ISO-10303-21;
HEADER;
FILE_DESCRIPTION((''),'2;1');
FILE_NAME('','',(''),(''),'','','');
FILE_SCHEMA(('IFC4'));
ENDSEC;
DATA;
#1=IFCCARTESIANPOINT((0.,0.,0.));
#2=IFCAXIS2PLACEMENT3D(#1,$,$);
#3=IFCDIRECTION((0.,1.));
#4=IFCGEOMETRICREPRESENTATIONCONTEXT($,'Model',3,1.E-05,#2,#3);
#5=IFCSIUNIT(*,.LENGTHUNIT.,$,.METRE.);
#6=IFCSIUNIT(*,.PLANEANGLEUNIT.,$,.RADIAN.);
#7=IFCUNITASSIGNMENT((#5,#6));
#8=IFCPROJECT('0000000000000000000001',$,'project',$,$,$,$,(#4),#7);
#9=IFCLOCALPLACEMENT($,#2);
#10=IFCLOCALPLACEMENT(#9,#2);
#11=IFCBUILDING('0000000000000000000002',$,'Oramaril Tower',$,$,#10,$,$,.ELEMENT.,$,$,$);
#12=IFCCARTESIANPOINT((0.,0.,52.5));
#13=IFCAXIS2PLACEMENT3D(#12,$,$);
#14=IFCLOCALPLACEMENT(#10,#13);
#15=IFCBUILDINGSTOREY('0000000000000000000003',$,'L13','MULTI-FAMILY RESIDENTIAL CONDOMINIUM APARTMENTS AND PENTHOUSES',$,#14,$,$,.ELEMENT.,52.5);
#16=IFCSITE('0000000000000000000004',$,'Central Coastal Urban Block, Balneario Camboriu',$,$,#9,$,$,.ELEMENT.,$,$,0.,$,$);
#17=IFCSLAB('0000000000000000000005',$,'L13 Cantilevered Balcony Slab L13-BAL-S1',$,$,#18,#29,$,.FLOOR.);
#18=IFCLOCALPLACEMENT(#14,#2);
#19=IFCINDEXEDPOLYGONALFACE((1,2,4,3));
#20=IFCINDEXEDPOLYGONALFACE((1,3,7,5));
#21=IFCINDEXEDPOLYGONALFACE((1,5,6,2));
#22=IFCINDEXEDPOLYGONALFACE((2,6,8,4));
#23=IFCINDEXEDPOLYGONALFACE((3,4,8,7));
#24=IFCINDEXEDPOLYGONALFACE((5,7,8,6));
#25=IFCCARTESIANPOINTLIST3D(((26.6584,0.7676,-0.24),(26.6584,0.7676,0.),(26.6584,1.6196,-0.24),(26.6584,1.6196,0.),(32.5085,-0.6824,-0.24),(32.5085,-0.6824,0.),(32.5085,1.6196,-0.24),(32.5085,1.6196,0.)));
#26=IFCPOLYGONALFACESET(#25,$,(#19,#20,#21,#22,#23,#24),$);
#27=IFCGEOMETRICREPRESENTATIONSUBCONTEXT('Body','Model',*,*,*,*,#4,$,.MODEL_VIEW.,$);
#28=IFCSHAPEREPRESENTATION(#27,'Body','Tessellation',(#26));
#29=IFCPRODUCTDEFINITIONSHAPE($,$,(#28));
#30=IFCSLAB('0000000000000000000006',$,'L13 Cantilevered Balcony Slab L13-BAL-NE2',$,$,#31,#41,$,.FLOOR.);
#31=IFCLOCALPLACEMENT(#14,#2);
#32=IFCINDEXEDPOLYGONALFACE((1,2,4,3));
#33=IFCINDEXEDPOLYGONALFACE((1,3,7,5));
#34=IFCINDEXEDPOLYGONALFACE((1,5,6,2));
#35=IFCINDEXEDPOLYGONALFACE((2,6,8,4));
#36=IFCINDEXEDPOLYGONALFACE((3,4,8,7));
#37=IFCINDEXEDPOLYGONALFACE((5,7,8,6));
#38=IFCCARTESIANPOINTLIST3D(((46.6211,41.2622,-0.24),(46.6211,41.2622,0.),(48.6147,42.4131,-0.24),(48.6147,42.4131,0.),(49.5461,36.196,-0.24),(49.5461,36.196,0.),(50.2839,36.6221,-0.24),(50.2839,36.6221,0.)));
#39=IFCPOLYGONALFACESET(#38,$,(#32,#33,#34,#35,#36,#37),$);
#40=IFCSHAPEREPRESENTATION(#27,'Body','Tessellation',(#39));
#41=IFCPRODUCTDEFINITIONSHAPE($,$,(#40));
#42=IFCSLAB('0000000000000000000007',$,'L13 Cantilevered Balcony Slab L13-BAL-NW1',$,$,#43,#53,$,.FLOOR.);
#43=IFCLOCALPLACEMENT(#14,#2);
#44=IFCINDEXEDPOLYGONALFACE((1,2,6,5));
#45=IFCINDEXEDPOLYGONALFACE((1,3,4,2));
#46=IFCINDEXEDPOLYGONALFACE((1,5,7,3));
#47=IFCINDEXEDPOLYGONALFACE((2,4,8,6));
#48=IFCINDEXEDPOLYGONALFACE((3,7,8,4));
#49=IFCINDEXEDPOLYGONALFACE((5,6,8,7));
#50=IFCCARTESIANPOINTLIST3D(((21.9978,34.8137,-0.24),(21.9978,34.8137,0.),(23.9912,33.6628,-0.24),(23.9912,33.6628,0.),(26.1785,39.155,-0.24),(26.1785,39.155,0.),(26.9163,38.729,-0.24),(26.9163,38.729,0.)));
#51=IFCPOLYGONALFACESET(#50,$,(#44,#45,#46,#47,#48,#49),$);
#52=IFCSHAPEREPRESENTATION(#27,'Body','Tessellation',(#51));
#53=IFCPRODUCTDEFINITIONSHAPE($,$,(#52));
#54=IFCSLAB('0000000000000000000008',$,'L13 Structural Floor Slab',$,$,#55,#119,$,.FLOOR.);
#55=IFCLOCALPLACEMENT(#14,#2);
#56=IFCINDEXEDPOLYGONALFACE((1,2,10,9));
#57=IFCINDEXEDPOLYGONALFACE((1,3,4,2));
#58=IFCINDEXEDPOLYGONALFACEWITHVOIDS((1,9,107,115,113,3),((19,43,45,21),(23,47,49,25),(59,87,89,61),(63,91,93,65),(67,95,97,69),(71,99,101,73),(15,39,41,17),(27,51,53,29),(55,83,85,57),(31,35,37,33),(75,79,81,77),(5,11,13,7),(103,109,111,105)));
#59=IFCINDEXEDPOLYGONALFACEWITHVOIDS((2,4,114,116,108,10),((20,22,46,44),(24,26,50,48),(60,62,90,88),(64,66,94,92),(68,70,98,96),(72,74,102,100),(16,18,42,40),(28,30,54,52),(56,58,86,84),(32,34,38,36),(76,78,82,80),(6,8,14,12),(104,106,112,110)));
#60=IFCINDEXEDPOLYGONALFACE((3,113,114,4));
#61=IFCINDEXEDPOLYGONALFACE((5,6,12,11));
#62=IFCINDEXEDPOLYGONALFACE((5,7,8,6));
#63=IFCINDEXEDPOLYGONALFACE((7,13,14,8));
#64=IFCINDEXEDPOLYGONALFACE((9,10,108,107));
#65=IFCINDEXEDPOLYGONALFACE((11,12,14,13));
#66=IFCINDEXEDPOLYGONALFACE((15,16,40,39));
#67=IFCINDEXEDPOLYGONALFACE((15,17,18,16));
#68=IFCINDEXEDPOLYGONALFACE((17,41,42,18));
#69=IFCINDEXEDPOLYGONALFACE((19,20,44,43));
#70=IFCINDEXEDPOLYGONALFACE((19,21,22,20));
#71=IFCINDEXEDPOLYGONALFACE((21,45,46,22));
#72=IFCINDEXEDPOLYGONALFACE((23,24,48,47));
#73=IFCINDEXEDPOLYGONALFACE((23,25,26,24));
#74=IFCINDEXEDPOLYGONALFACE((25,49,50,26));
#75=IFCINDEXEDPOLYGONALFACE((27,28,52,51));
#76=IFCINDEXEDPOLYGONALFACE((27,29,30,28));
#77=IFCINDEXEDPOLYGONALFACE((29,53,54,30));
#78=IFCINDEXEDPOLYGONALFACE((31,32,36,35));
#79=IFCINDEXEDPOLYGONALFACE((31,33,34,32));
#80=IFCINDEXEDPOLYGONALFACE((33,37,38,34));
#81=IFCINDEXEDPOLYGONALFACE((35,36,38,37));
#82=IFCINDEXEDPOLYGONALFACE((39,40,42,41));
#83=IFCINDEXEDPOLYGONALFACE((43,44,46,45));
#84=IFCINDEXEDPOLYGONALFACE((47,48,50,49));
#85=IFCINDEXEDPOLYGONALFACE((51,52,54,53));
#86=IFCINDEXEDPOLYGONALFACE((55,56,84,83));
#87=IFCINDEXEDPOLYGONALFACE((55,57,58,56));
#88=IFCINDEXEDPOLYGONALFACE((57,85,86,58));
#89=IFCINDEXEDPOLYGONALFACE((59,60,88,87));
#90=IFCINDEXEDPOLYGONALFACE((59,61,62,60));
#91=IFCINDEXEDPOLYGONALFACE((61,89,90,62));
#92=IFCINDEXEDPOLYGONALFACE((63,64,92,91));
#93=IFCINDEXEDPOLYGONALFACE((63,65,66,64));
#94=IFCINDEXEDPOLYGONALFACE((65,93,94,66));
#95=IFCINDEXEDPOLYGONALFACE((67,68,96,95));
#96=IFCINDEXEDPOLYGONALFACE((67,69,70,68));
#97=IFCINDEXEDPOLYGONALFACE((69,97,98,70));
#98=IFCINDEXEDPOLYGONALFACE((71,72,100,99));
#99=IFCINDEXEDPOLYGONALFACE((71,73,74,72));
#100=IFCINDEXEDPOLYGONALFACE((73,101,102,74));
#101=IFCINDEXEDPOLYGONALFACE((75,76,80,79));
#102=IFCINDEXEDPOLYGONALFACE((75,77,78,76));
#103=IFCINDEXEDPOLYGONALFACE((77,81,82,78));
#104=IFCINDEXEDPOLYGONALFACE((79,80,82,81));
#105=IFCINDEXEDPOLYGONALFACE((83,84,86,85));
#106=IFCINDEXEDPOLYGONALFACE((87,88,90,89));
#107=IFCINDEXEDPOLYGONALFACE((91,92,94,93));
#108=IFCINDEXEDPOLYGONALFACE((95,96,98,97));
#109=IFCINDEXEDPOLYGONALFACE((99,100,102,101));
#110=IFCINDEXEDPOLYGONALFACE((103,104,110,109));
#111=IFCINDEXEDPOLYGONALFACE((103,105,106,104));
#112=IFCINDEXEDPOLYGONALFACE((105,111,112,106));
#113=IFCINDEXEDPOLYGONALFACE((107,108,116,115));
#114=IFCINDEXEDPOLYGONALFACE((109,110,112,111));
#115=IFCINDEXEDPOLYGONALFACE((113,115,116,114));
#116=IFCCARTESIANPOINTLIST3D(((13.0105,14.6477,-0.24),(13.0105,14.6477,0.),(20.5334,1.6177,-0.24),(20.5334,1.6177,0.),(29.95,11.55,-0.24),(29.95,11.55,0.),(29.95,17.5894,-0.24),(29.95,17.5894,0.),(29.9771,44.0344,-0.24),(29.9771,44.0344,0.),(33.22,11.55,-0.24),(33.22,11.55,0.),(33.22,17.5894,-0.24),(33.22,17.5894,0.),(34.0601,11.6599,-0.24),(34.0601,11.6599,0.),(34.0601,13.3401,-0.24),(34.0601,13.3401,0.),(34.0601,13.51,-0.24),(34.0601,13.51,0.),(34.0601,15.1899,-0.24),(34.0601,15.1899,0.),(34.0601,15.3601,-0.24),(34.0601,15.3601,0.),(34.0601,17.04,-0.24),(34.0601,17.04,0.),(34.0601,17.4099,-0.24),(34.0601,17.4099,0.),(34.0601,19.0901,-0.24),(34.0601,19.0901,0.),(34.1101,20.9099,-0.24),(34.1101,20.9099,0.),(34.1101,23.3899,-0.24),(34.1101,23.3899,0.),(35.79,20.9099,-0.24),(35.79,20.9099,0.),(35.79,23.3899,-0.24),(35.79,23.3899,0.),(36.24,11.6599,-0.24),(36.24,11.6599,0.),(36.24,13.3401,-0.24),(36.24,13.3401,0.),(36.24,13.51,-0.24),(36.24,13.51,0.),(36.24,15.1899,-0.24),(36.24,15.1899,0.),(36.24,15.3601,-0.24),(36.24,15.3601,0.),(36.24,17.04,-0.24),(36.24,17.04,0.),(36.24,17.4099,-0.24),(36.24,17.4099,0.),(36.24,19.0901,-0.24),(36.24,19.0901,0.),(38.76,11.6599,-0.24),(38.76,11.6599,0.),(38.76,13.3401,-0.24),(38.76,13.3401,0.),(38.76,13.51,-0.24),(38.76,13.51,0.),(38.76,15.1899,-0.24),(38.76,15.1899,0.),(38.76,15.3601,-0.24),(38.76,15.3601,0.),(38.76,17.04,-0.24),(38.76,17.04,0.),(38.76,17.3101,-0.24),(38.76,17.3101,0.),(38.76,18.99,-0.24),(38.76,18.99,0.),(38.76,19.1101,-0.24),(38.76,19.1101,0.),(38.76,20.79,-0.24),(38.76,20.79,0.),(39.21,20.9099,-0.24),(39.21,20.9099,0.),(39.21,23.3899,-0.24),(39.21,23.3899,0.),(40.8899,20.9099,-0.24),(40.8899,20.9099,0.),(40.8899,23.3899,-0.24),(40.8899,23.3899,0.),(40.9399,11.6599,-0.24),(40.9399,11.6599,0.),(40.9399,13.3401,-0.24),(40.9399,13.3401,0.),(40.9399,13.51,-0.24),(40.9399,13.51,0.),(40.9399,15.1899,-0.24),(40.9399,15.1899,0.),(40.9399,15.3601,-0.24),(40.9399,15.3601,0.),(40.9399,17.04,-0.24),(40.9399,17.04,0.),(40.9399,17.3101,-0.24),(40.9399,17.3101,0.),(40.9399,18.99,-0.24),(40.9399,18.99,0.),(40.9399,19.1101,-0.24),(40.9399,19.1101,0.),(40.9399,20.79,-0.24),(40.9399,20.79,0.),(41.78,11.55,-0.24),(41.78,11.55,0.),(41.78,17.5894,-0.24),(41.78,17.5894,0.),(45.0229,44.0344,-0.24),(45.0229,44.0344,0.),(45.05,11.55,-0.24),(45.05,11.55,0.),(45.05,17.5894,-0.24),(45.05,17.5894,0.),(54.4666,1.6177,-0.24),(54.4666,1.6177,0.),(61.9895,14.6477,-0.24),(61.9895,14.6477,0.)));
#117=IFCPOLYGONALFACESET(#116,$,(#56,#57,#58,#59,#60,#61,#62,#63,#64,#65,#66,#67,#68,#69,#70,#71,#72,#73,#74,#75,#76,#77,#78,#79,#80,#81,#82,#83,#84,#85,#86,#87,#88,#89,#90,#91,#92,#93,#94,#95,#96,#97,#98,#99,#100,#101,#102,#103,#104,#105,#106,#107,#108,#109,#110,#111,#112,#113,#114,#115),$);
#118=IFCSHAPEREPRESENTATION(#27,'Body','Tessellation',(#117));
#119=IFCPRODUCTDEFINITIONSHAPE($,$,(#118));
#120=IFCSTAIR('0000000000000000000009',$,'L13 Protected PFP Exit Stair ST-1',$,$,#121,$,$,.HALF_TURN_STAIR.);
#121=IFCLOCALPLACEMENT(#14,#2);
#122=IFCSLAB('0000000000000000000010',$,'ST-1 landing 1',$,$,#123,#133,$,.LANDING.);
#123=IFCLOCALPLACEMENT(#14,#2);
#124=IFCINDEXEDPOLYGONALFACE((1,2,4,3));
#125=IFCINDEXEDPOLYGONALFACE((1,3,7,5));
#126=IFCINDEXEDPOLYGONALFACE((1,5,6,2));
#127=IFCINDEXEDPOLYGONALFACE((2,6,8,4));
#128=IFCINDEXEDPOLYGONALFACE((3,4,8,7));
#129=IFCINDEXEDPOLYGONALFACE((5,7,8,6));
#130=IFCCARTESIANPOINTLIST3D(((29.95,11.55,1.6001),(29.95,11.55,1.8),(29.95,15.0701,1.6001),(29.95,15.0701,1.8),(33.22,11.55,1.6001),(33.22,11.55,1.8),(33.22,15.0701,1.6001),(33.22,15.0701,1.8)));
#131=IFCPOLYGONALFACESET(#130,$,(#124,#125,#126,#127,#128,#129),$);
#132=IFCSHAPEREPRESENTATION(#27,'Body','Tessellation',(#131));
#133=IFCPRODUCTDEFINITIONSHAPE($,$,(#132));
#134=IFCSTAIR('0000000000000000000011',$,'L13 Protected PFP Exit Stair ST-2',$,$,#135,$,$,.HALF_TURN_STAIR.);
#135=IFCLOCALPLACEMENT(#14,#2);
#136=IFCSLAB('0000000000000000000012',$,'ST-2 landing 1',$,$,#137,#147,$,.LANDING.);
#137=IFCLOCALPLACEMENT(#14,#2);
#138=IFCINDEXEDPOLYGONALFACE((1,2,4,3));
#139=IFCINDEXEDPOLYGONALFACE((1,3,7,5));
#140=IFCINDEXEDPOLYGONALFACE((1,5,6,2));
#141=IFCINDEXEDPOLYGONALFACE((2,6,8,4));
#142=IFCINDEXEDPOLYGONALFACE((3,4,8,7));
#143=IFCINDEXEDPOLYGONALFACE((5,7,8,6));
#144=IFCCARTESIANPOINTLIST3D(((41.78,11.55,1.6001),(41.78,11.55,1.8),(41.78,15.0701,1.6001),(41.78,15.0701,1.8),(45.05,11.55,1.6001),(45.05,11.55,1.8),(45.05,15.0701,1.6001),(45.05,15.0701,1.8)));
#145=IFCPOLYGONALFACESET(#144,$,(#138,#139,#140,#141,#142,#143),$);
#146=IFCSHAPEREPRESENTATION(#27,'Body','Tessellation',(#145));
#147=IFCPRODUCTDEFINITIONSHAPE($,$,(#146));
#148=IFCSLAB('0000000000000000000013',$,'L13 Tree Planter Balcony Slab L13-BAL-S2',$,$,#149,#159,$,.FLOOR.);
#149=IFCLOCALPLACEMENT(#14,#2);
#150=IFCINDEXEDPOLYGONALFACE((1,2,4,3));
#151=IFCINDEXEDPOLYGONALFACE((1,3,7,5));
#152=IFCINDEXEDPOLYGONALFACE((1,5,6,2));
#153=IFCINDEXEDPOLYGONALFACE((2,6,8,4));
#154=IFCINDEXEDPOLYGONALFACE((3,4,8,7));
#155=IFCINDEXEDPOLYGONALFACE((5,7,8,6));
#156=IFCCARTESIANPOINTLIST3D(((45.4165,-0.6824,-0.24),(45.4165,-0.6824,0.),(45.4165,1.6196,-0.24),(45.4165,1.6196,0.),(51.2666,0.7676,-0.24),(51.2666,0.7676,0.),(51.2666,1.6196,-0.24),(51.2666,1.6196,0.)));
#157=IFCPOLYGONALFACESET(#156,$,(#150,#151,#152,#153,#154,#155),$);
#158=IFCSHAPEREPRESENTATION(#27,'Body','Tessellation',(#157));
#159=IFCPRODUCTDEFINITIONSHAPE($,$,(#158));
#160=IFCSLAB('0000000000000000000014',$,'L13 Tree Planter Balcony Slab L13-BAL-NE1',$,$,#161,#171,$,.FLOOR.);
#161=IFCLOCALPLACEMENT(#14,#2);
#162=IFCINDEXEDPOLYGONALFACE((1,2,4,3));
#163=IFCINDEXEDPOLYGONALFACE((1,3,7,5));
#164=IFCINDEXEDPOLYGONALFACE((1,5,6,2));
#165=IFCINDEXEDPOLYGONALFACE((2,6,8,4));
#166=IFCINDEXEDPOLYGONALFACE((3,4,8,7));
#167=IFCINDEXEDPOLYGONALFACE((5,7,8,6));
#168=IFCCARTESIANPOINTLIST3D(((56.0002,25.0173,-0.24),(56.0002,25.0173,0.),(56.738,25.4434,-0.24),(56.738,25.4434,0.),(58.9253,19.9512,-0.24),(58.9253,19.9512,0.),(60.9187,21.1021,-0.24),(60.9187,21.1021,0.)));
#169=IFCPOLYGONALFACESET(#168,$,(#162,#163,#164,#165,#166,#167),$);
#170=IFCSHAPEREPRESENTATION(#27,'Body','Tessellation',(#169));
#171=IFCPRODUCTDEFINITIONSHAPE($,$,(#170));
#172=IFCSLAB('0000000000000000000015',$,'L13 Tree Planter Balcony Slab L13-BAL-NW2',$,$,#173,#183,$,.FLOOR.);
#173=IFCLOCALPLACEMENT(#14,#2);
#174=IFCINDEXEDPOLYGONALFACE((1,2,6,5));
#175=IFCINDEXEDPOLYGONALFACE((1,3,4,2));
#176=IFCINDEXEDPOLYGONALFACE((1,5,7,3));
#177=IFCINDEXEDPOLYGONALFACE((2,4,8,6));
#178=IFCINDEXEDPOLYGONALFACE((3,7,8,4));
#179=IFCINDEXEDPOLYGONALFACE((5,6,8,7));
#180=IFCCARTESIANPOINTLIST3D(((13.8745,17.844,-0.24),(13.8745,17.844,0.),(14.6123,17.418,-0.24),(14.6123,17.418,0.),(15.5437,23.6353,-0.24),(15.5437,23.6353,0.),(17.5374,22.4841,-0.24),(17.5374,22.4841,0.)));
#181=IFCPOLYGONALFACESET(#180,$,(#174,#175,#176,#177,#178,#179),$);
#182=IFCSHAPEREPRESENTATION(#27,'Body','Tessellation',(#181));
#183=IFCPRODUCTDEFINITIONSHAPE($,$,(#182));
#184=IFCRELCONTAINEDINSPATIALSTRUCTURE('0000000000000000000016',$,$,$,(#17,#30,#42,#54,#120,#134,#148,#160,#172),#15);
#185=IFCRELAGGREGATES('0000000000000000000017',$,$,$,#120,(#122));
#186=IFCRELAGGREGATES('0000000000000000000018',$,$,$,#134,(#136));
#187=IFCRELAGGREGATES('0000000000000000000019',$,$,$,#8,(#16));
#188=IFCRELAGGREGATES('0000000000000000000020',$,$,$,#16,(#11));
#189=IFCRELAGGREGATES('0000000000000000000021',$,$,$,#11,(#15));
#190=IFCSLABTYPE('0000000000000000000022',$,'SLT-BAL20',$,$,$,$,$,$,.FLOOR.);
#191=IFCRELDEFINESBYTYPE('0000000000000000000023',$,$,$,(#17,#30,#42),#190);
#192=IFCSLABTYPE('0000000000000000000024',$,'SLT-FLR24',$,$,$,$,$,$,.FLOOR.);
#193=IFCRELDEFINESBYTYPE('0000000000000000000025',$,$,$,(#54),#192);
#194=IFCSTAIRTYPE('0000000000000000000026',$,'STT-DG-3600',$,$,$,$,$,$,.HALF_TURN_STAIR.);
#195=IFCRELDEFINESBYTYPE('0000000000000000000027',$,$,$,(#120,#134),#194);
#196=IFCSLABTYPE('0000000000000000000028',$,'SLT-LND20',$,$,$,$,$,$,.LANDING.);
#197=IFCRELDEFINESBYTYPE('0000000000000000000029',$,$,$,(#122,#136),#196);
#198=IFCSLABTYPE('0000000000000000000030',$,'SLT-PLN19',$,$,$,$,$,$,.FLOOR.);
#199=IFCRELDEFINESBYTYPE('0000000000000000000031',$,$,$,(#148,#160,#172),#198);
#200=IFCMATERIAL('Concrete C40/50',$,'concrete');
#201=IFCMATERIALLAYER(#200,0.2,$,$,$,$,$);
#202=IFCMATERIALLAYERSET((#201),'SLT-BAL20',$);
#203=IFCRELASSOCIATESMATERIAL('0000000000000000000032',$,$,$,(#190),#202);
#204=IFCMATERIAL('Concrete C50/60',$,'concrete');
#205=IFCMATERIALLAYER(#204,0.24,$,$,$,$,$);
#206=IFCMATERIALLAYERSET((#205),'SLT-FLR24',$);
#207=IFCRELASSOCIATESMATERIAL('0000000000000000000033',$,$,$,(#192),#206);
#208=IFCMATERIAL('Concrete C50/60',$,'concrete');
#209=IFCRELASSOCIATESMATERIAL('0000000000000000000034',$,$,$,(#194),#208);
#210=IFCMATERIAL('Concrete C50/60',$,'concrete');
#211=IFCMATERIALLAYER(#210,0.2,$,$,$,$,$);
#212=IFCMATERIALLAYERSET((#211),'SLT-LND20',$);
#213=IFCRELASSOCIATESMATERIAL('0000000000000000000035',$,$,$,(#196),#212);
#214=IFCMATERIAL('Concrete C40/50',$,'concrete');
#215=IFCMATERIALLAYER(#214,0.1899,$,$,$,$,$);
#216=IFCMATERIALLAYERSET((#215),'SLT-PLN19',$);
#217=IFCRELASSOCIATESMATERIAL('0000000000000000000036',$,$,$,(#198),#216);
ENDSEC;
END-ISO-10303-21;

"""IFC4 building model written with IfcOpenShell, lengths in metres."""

from ifc_helpers import new_model, si_unit, direction, frame, origin, place, context, subcontext, project, spatial, polyline, outline, extrude, material, layer, layer_set, type_object, element, aggregate, save


model = new_model("IFC4")

# Units and contexts
model_context = context("Model", 3, precision=1e-05, world=origin(), true_north=direction((0.0, 1.0)))
body_context = subcontext(model_context, "Body", "Model", "MODEL_VIEW")
ifc_project = project(units=[si_unit("LENGTHUNIT", "METRE"), si_unit("PLANEANGLEUNIT", "RADIAN")], contexts=[model_context])

# Site, building, storey
site_placement = place(None, origin())
site = spatial("IfcSite", under=ifc_project, at=site_placement, Name="Central Coastal Urban Block, Balneario Camboriu", CompositionType="ELEMENT", RefElevation=0.0)
building_placement = place(site_placement, origin())
building = spatial("IfcBuilding", under=site, at=building_placement, Name="Oramaril Tower", CompositionType="ELEMENT")
storey_placement = place(building_placement, frame((0.0, 0.0, 52.5)))
storey = spatial("IfcBuildingStorey", under=building, at=storey_placement, Name="L13", Description="MULTI-FAMILY RESIDENTIAL CONDOMINIUM APARTMENTS AND PENTHOUSES", CompositionType="ELEMENT", Elevation=52.5)

# Slabs
ifc_material_1 = material(Name="Concrete C40/50", Category="concrete")
ifc_layer_1 = layer(ifc_material_1, 0.2)
ifc_layer_set_1 = layer_set([ifc_layer_1], Name="SLT-BAL20")
slab_type_1 = type_object("IfcSlabType", Name="SLT-BAL20", PredefinedType="FLOOR", material=ifc_layer_set_1)
slab_1_placement = place(storey_placement, frame((0.0, 0.0, -0.24)))
element("IfcSlab", 1, at=slab_1_placement, inside=storey, type_object=slab_type_1, Name="L13 Cantilevered Balcony Slab L13-BAL-S1", PredefinedType="FLOOR", context=body_context, shape_type="SweptSolid", body=[
    extrude(outline(polyline([(26.6584, 1.6196), (32.5085, 1.6196), (32.5085, -0.6824), (26.6584, 0.7676), (26.6584, 1.6196)])), origin(), (0.0, 0.0, 1.0), 0.24),
])
slab_2_placement = place(storey_placement, frame((0.0, 0.0, -0.24)))
element("IfcSlab", 2, at=slab_2_placement, inside=storey, type_object=slab_type_1, Name="L13 Cantilevered Balcony Slab L13-BAL-NE2", PredefinedType="FLOOR", context=body_context, shape_type="SweptSolid", body=[
    extrude(outline(polyline([(49.5461, 36.196), (46.6211, 41.2622), (48.6147, 42.4131), (50.2839, 36.6221), (49.5461, 36.196)])), origin(), (0.0, 0.0, 1.0), 0.24),
])
slab_3_placement = place(storey_placement, frame((0.0, 0.0, -0.24)))
element("IfcSlab", 3, at=slab_3_placement, inside=storey, type_object=slab_type_1, Name="L13 Cantilevered Balcony Slab L13-BAL-NW1", PredefinedType="FLOOR", context=body_context, shape_type="SweptSolid", body=[
    extrude(outline(polyline([(26.9163, 38.729), (23.9912, 33.6628), (21.9978, 34.8137), (26.1785, 39.155), (26.9163, 38.729)])), origin(), (0.0, 0.0, 1.0), 0.24),
])
ifc_material_2 = material(Name="Concrete C50/60", Category="concrete")
ifc_layer_2 = layer(ifc_material_2, 0.24)
ifc_layer_set_2 = layer_set([ifc_layer_2], Name="SLT-FLR24")
slab_type_2 = type_object("IfcSlabType", Name="SLT-FLR24", PredefinedType="FLOOR", material=ifc_layer_set_2)
slab_4_placement = place(storey_placement, frame((0.0, 0.0, -0.24)))
element("IfcSlab", 4, at=slab_4_placement, inside=storey, type_object=slab_type_2, Name="L13 Structural Floor Slab", PredefinedType="FLOOR", context=body_context, shape_type="SweptSolid", body=[
    extrude(outline(polyline([(13.0105, 14.6477), (20.5334, 1.6177), (54.4666, 1.6177), (61.9895, 14.6477), (45.0229, 44.0344), (29.9771, 44.0344), (13.0105, 14.6477)]), holes=[polyline([(29.95, 17.5894), (29.95, 11.55), (33.22, 11.55), (33.22, 17.5894), (29.95, 17.5894)]), polyline([(41.78, 17.5894), (41.78, 11.55), (45.05, 11.55), (45.05, 17.5894), (41.78, 17.5894)]), polyline([(34.1101, 20.9099), (35.79, 20.9099), (35.79, 23.3899), (34.1101, 23.3899), (34.1101, 20.9099)]), polyline([(39.21, 20.9099), (40.8899, 20.9099), (40.8899, 23.3899), (39.21, 23.3899), (39.21, 20.9099)]), polyline([(34.0601, 11.6599), (36.24, 11.6599), (36.24, 13.3401), (34.0601, 13.3401), (34.0601, 11.6599)]), polyline([(34.0601, 13.51), (36.24, 13.51), (36.24, 15.1899), (34.0601, 15.1899), (34.0601, 13.51)]), polyline([(34.0601, 15.3601), (36.24, 15.3601), (36.24, 17.04), (34.0601, 17.04), (34.0601, 15.3601)]), polyline([(38.76, 11.6599), (40.9399, 11.6599), (40.9399, 13.3401), (38.76, 13.3401), (38.76, 11.6599)]), polyline([(38.76, 13.51), (40.9399, 13.51), (40.9399, 15.1899), (38.76, 15.1899), (38.76, 13.51)]), polyline([(38.76, 15.3601), (40.9399, 15.3601), (40.9399, 17.04), (38.76, 17.04), (38.76, 15.3601)]), polyline([(34.0601, 17.4099), (36.24, 17.4099), (36.24, 19.0901), (34.0601, 19.0901), (34.0601, 17.4099)]), polyline([(38.76, 17.3101), (40.9399, 17.3101), (40.9399, 18.99), (38.76, 18.99), (38.76, 17.3101)]), polyline([(38.76, 19.1101), (40.9399, 19.1101), (40.9399, 20.79), (38.76, 20.79), (38.76, 19.1101)])]), origin(), (0.0, 0.0, 1.0), 0.24),
])

# Stairs, slabs
ifc_material_3 = material(Name="Concrete C50/60", Category="concrete")
stair_type = type_object("IfcStairType", Name="STT-DG-3600", PredefinedType="HALF_TURN_STAIR", material=ifc_material_3)
stair_1_placement = place(storey_placement, origin())
stair_1 = element("IfcStair", 5, at=stair_1_placement, inside=storey, type_object=stair_type, Name="L13 Protected PFP Exit Stair ST-1", PredefinedType="HALF_TURN_STAIR")
ifc_material_4 = material(Name="Concrete C50/60", Category="concrete")
ifc_layer_3 = layer(ifc_material_4, 0.2)
ifc_layer_set_3 = layer_set([ifc_layer_3], Name="SLT-LND20")
slab_type_3 = type_object("IfcSlabType", Name="SLT-LND20", PredefinedType="LANDING", material=ifc_layer_set_3)
slab_5_placement = place(storey_placement, frame((0.0, 0.0, 1.6001)))
slab_5 = element("IfcSlab", 6, at=slab_5_placement, type_object=slab_type_3, Name="ST-1 landing 1", PredefinedType="LANDING", context=body_context, shape_type="SweptSolid", body=[
    extrude(outline(polyline([(29.95, 15.0701), (29.95, 11.55), (33.22, 11.55), (33.22, 15.0701), (29.95, 15.0701)])), origin(), (0.0, 0.0, 1.0), 0.2),
])
aggregate(stair_1, [slab_5])
stair_2_placement = place(storey_placement, origin())
stair_2 = element("IfcStair", 7, at=stair_2_placement, inside=storey, type_object=stair_type, Name="L13 Protected PFP Exit Stair ST-2", PredefinedType="HALF_TURN_STAIR")
slab_6_placement = place(storey_placement, frame((0.0, 0.0, 1.6001)))
slab_6 = element("IfcSlab", 8, at=slab_6_placement, type_object=slab_type_3, Name="ST-2 landing 1", PredefinedType="LANDING", context=body_context, shape_type="SweptSolid", body=[
    extrude(outline(polyline([(41.78, 15.0701), (41.78, 11.55), (45.05, 11.55), (45.05, 15.0701), (41.78, 15.0701)])), origin(), (0.0, 0.0, 1.0), 0.2),
])
aggregate(stair_2, [slab_6])

# Slabs
ifc_material_5 = material(Name="Concrete C40/50", Category="concrete")
ifc_layer_4 = layer(ifc_material_5, 0.1899)
ifc_layer_set_4 = layer_set([ifc_layer_4], Name="SLT-PLN19")
slab_type_4 = type_object("IfcSlabType", Name="SLT-PLN19", PredefinedType="FLOOR", material=ifc_layer_set_4)
slab_7_placement = place(storey_placement, frame((0.0, 0.0, -0.24)))
element("IfcSlab", 9, at=slab_7_placement, inside=storey, type_object=slab_type_4, Name="L13 Tree Planter Balcony Slab L13-BAL-S2", PredefinedType="FLOOR", context=body_context, shape_type="SweptSolid", body=[
    extrude(outline(polyline([(45.4165, 1.6196), (51.2666, 1.6196), (51.2666, 0.7676), (45.4165, -0.6824), (45.4165, 1.6196)])), origin(), (0.0, 0.0, 1.0), 0.24),
])
slab_8_placement = place(storey_placement, frame((0.0, 0.0, -0.24)))
element("IfcSlab", 10, at=slab_8_placement, inside=storey, type_object=slab_type_4, Name="L13 Tree Planter Balcony Slab L13-BAL-NE1", PredefinedType="FLOOR", context=body_context, shape_type="SweptSolid", body=[
    extrude(outline(polyline([(58.9253, 19.9512), (56.0002, 25.0173), (56.738, 25.4434), (60.9187, 21.1021), (58.9253, 19.9512)])), origin(), (0.0, 0.0, 1.0), 0.24),
])
slab_9_placement = place(storey_placement, frame((0.0, 0.0, -0.24)))
element("IfcSlab", 11, at=slab_9_placement, inside=storey, type_object=slab_type_4, Name="L13 Tree Planter Balcony Slab L13-BAL-NW2", PredefinedType="FLOOR", context=body_context, shape_type="SweptSolid", body=[
    extrude(outline(polyline([(17.5374, 22.4841), (14.6123, 17.418), (13.8745, 17.844), (15.5437, 23.6353), (17.5374, 22.4841)])), origin(), (0.0, 0.0, 1.0), 0.24),
])

save(model, "model.ifc")
